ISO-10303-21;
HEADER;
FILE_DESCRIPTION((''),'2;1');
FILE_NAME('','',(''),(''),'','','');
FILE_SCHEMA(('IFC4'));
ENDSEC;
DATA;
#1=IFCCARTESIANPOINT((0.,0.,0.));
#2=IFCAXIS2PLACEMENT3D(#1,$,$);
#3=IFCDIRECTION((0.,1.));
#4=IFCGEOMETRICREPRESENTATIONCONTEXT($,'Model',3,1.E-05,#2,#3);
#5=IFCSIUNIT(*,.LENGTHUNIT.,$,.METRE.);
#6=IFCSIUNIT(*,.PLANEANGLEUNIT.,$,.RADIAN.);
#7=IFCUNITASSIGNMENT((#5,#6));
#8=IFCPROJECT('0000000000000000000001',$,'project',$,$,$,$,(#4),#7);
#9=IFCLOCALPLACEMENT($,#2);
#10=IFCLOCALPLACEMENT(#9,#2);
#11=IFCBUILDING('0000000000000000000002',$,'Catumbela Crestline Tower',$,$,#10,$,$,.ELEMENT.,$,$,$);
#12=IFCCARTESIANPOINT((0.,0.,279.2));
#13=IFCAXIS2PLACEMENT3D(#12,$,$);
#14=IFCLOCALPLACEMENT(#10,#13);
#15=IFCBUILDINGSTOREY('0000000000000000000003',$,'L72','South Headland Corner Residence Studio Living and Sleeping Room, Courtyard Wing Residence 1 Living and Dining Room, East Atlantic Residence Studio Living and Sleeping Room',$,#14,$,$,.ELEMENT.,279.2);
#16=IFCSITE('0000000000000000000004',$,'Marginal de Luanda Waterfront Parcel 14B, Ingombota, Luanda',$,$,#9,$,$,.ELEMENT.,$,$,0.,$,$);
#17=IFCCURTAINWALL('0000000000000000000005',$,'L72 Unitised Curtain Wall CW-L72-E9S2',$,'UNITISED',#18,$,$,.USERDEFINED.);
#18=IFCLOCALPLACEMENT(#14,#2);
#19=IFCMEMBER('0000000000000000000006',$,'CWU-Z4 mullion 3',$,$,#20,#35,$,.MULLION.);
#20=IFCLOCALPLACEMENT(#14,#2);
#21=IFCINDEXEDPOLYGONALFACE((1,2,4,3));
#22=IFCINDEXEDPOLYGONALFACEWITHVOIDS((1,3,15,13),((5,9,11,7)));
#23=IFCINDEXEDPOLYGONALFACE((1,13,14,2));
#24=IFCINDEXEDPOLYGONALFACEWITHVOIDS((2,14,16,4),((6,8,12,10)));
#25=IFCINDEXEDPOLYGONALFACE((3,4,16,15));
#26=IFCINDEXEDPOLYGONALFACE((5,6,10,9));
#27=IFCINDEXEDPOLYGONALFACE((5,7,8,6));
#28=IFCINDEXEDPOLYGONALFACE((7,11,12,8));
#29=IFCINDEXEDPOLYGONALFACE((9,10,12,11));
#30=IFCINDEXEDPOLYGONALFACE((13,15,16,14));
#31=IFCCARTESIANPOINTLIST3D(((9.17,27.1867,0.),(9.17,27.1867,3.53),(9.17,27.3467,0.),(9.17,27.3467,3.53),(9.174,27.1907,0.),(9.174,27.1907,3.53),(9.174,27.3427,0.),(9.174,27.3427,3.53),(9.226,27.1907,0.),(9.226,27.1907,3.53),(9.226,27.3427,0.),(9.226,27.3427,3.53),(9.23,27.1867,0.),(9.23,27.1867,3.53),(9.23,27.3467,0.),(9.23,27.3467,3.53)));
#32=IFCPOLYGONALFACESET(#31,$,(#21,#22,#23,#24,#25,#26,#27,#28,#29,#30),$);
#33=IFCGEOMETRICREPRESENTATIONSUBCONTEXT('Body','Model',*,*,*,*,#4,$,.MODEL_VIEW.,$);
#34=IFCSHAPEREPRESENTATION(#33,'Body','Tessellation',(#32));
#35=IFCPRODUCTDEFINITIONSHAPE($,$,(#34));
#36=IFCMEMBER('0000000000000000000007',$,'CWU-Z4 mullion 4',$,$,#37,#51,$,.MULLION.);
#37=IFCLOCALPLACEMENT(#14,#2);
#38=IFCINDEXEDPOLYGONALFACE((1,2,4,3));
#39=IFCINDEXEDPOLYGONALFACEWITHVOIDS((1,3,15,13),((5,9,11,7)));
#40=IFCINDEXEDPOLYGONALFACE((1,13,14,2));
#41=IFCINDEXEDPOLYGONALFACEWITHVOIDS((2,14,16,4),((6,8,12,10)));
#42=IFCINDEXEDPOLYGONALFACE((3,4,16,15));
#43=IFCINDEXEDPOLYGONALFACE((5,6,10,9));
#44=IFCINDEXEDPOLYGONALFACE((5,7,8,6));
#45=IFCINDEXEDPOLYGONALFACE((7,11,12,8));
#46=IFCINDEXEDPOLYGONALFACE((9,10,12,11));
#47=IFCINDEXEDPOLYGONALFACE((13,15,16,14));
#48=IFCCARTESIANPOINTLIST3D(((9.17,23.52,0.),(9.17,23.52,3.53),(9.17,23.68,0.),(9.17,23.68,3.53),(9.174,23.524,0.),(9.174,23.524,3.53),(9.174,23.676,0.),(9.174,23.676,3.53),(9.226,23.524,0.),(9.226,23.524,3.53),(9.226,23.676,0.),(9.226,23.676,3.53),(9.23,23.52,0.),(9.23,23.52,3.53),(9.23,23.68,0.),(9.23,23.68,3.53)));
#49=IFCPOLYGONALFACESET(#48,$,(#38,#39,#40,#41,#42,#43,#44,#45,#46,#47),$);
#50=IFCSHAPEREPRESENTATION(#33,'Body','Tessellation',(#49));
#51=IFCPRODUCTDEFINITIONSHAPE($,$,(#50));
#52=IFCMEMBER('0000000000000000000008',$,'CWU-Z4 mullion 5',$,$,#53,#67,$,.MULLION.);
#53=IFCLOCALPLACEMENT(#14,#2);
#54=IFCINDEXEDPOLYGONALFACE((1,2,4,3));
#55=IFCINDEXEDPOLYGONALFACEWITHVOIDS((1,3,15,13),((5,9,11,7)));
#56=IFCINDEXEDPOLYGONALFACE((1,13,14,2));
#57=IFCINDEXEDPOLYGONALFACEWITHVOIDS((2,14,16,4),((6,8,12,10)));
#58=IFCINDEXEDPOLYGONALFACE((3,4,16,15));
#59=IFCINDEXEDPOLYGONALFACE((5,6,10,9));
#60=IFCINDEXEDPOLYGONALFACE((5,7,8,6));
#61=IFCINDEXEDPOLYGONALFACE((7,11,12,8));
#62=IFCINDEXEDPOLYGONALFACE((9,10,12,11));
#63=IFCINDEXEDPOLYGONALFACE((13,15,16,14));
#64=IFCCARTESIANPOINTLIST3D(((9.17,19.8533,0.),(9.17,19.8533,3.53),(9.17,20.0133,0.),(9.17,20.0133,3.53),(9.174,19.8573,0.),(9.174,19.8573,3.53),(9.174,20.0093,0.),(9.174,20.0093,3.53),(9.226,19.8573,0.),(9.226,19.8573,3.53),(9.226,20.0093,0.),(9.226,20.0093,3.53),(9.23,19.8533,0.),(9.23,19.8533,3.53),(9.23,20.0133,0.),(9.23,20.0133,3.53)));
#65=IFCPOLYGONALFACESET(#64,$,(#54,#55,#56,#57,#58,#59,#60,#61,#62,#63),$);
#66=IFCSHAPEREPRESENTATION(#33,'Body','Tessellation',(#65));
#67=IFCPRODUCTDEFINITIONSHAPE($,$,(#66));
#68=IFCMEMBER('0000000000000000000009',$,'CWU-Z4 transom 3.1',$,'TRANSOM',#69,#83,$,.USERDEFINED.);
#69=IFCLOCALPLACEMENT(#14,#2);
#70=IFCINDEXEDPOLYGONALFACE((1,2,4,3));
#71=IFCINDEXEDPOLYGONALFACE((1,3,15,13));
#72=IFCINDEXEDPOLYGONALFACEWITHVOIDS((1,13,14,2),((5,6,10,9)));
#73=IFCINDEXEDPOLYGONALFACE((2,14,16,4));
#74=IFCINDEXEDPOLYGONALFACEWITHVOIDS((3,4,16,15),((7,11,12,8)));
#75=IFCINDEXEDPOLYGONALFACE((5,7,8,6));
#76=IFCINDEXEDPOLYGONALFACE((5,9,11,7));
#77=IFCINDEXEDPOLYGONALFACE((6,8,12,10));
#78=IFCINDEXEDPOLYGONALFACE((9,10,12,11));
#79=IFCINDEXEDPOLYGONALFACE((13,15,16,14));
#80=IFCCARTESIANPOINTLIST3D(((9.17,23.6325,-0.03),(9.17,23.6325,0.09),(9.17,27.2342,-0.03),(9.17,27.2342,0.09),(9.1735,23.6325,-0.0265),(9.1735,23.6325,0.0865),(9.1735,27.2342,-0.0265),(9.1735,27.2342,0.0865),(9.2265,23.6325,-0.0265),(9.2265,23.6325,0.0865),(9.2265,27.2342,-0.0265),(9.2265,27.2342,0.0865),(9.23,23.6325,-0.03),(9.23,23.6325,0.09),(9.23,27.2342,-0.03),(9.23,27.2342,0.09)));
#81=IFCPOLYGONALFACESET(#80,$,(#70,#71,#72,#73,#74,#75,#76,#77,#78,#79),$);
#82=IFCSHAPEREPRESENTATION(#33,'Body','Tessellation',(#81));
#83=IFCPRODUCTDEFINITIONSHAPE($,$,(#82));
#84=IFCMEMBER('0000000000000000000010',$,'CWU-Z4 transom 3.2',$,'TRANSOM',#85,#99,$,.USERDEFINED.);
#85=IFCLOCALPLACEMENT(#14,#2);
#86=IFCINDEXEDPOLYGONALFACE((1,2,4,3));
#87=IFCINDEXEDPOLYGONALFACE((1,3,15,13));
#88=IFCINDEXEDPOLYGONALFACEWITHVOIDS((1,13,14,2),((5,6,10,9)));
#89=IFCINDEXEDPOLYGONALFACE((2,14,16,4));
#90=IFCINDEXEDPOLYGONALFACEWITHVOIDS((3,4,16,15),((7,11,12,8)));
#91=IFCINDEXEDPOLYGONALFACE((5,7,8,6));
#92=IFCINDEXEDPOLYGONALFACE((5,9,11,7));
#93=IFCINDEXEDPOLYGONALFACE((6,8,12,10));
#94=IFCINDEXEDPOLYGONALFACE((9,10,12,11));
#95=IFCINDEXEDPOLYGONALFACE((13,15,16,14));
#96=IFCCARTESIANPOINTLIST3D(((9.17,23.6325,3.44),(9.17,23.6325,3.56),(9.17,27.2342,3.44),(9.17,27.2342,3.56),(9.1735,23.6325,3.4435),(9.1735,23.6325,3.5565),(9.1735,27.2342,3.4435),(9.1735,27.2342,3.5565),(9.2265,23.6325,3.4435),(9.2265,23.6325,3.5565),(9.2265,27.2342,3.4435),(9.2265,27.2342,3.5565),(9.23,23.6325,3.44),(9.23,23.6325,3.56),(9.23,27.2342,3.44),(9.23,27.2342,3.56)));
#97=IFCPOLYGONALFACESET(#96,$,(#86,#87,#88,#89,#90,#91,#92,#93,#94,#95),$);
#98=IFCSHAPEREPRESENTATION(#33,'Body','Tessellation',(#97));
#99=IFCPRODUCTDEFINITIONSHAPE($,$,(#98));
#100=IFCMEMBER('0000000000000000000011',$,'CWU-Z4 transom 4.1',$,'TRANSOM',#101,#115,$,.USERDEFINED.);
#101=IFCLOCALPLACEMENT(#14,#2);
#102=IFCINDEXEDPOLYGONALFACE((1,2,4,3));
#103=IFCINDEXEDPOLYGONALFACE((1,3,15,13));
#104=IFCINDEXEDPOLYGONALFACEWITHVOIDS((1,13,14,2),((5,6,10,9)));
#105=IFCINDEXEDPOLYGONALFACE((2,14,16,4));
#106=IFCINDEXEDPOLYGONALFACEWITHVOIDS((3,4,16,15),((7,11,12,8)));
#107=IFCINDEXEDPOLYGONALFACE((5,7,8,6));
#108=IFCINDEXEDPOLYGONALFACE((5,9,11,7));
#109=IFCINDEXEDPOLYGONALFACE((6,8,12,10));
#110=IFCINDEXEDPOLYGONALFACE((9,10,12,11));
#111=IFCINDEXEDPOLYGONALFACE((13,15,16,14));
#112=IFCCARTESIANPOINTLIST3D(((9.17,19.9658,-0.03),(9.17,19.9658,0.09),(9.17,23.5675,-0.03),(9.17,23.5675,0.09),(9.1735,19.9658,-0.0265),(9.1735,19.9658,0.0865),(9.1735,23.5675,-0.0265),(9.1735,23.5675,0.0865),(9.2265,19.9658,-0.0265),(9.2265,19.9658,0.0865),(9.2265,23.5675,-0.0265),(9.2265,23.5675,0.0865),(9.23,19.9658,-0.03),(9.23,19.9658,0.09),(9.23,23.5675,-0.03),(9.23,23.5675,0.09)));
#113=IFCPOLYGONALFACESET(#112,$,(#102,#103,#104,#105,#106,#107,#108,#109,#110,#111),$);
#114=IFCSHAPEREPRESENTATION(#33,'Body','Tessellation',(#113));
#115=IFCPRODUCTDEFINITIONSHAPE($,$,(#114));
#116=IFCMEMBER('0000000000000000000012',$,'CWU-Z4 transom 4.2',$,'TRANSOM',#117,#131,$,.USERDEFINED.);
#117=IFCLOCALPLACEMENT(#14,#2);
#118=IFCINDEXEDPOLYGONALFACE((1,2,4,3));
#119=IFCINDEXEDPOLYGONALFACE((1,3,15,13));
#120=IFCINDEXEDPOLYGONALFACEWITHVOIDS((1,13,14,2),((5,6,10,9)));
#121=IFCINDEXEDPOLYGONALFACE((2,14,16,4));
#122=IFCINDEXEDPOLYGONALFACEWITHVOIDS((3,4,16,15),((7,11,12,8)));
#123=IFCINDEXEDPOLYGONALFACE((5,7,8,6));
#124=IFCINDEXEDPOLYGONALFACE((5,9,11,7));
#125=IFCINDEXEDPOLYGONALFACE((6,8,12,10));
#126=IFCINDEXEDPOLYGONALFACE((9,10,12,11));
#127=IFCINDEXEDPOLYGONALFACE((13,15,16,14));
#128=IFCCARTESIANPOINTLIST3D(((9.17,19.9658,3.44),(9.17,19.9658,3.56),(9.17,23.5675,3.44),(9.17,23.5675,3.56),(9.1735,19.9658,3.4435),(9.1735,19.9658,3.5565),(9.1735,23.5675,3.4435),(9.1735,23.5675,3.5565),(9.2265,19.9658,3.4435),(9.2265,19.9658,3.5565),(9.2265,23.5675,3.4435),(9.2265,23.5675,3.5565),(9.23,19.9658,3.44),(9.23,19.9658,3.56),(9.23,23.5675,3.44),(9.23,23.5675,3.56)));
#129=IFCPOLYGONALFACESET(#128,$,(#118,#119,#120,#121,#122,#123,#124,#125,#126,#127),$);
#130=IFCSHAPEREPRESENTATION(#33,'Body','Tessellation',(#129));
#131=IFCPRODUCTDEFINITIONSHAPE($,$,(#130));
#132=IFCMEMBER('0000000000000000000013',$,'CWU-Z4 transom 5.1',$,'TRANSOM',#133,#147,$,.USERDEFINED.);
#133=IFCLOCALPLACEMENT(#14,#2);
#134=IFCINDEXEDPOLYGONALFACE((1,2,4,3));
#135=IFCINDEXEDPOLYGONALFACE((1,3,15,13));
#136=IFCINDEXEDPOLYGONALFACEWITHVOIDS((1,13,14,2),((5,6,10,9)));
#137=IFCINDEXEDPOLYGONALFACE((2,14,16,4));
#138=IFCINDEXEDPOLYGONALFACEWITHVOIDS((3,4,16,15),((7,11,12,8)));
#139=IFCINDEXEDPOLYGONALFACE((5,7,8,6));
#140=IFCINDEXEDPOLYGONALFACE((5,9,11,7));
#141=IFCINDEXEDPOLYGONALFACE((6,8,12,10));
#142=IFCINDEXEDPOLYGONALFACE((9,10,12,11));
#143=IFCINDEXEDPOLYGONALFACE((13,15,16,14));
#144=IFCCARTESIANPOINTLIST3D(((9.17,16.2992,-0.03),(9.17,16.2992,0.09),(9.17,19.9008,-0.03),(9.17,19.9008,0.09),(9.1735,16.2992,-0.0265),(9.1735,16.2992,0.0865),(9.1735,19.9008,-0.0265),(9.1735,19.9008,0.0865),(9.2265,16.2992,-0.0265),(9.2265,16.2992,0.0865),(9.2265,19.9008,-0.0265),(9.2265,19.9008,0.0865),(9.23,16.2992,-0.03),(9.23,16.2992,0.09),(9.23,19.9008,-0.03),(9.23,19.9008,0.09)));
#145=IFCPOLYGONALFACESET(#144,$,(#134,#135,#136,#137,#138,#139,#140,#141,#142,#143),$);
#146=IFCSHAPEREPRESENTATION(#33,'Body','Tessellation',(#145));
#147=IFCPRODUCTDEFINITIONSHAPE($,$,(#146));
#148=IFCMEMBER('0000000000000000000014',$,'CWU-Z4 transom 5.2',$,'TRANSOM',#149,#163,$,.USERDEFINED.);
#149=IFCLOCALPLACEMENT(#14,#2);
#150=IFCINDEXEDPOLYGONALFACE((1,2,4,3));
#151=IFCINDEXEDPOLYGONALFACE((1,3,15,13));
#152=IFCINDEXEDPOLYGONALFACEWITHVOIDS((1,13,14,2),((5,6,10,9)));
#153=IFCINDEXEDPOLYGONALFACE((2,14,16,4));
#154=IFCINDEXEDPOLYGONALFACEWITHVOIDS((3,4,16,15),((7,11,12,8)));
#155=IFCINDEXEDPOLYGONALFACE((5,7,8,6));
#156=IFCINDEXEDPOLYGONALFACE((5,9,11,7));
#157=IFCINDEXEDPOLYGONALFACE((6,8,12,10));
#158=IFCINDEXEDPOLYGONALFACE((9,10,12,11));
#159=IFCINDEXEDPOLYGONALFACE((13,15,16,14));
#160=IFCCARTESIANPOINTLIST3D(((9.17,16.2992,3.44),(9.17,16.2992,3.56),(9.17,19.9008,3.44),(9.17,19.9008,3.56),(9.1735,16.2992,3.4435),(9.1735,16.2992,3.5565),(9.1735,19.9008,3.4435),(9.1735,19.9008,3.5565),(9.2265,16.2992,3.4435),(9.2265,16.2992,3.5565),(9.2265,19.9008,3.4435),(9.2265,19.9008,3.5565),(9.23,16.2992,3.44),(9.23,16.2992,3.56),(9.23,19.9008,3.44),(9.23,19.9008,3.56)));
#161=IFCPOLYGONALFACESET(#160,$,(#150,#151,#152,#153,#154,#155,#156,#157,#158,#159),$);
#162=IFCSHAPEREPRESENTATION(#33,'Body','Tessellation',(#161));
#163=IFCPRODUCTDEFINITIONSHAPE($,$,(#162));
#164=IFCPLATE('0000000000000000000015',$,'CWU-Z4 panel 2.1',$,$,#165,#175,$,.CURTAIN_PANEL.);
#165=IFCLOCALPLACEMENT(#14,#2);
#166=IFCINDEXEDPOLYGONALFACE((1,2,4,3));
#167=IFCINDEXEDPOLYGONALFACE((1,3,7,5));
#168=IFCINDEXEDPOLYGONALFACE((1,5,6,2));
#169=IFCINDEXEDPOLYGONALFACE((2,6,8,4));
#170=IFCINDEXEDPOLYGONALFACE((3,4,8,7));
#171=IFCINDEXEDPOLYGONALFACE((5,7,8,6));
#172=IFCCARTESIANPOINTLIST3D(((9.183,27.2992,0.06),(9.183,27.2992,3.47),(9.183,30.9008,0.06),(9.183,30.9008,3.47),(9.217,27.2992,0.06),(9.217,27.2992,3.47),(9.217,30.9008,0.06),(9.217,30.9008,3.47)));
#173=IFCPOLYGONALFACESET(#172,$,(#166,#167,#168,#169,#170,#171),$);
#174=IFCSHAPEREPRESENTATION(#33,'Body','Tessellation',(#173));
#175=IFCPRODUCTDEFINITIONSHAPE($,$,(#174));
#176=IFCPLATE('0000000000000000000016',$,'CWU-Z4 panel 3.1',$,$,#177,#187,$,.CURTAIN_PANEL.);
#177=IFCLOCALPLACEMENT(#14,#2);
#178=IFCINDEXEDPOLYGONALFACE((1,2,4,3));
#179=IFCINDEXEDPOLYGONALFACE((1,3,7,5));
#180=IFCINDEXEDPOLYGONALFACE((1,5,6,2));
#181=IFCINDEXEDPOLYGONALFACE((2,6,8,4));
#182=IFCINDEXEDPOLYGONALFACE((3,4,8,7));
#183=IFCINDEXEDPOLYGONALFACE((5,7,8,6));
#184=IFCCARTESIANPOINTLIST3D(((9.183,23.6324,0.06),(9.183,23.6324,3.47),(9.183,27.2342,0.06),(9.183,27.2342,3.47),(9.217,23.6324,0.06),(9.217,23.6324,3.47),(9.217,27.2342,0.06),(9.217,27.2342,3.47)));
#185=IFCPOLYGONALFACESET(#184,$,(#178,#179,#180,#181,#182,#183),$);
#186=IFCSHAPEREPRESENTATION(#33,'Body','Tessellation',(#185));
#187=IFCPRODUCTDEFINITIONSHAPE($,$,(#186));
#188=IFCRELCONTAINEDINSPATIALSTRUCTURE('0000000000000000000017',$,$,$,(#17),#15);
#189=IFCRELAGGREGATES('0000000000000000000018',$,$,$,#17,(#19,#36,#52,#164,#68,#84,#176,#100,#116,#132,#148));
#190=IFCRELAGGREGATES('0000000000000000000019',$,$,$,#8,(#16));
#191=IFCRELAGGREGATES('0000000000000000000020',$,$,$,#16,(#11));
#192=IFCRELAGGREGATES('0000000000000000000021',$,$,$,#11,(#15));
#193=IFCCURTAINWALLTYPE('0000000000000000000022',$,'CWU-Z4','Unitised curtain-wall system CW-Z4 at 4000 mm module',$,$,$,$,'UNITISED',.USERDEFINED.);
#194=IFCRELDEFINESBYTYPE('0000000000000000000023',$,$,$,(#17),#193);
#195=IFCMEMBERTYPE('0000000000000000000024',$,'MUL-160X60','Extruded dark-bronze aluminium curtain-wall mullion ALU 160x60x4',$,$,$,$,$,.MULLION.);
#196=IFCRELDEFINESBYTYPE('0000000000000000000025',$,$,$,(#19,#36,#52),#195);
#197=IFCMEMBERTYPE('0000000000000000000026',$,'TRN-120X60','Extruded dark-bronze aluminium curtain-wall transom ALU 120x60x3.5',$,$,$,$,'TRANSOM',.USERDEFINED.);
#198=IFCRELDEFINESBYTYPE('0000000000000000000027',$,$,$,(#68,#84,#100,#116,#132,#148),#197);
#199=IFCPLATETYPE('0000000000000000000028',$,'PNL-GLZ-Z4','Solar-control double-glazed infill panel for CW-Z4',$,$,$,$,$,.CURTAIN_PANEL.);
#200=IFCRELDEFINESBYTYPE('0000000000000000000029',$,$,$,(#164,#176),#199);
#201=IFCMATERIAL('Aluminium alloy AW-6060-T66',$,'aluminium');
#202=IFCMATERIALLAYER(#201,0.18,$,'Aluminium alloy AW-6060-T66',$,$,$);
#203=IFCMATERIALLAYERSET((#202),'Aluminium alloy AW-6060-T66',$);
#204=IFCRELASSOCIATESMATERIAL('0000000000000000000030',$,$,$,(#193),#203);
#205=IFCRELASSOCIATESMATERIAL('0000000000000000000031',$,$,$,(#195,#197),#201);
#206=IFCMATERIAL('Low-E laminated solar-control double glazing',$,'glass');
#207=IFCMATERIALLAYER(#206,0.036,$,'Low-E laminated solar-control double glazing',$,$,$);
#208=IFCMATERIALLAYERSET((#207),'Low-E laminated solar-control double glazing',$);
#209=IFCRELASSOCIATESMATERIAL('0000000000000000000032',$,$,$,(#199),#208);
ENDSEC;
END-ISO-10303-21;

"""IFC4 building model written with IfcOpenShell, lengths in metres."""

from ifc_helpers import new_model, si_unit, direction, frame, origin, origin_2d, place, context, subcontext, project, spatial, rectangle, hollow_rectangle, extrude, material, layer, layer_set, material_profile, profile_set, type_object, element, aggregate, save


model = new_model("IFC4")

# Units and contexts
model_context = context("Model", 3, precision=1e-05, world=origin(), true_north=direction((0.0, 1.0)))
body_context = subcontext(model_context, "Body", "Model", "MODEL_VIEW")
ifc_project = project(units=[si_unit("LENGTHUNIT", "METRE"), si_unit("PLANEANGLEUNIT", "RADIAN")], contexts=[model_context])

# Site, building, storey
site_placement = place(None, origin())
site = spatial("IfcSite", under=ifc_project, at=site_placement, Name="Marginal de Luanda Waterfront Parcel 14B, Ingombota, Luanda", CompositionType="ELEMENT", RefElevation=0.0)
building_placement = place(site_placement, origin())
building = spatial("IfcBuilding", under=site, at=building_placement, Name="Catumbela Crestline Tower", CompositionType="ELEMENT")
storey_placement = place(building_placement, frame((0.0, 0.0, 279.2)))
storey = spatial("IfcBuildingStorey", under=building, at=storey_placement, Name="L72", Description="South Headland Corner Residence Studio Living and Sleeping Room, Courtyard Wing Residence 1 Living and Dining Room, East Atlantic Residence Studio Living and Sleeping Room", CompositionType="ELEMENT", Elevation=279.2)

# Curtain wall, members, plates
ifc_material_1 = material(Name="Aluminium alloy AW-6060-T66", Category="aluminium")
ifc_layer_1 = layer(ifc_material_1, 0.18, Name="Aluminium alloy AW-6060-T66")
ifc_layer_set_1 = layer_set([ifc_layer_1], Name="Aluminium alloy AW-6060-T66")
curtain_wall_type = type_object("IfcCurtainWallType", Name="CWU-Z4", Description="Unitised curtain-wall system CW-Z4 at 4000 mm module", ElementType="UNITISED", PredefinedType="USERDEFINED", material=ifc_layer_set_1)
curtain_wall_placement = place(storey_placement, origin())
curtain_wall = element("IfcCurtainWall", 1, at=curtain_wall_placement, inside=storey, type_object=curtain_wall_type, Name="L72 Unitised Curtain Wall CW-L72-E9S2", ObjectType="UNITISED", PredefinedType="USERDEFINED")
ifc_material_profile_1 = material_profile(ifc_material_1, hollow_rectangle(XDim=0.06, YDim=0.16, WallThickness=0.004, at=origin_2d()), Name="ALU 160x60x4")
ifc_profile_set_1 = profile_set([ifc_material_profile_1], Name="Aluminium alloy AW-6060-T66")
member_type_1 = type_object("IfcMemberType", Name="MUL-160X60", Description="Extruded dark-bronze aluminium curtain-wall mullion ALU 160x60x4", PredefinedType="MULLION", material=ifc_profile_set_1)
member_1_placement = place(storey_placement, frame((9.2, 27.2667, 0.0), z_axis=(0.0, 0.0, 1.0), x_axis=(1.0, 0.0, 0.0)))
member_1 = element("IfcMember", 2, at=member_1_placement, type_object=member_type_1, Name="CWU-Z4 mullion 3", PredefinedType="MULLION", context=body_context, shape_type="SweptSolid", body=[
    extrude(hollow_rectangle(XDim=0.06, YDim=0.16, WallThickness=0.004, at=origin_2d()), origin(), (0.0, 0.0, 1.0), 3.53),
])
member_2_placement = place(storey_placement, frame((9.2, 23.6, 0.0), z_axis=(0.0, 0.0, 1.0), x_axis=(1.0, 0.0, 0.0)))
member_2 = element("IfcMember", 3, at=member_2_placement, type_object=member_type_1, Name="CWU-Z4 mullion 4", PredefinedType="MULLION", context=body_context, shape_type="SweptSolid", body=[
    extrude(hollow_rectangle(XDim=0.06, YDim=0.16, WallThickness=0.004, at=origin_2d()), origin(), (0.0, 0.0, 1.0), 3.53),
])
member_3_placement = place(storey_placement, frame((9.2, 19.9333, 0.0), z_axis=(0.0, 0.0, 1.0), x_axis=(1.0, 0.0, 0.0)))
member_3 = element("IfcMember", 4, at=member_3_placement, type_object=member_type_1, Name="CWU-Z4 mullion 5", PredefinedType="MULLION", context=body_context, shape_type="SweptSolid", body=[
    extrude(hollow_rectangle(XDim=0.06, YDim=0.16, WallThickness=0.004, at=origin_2d()), origin(), (0.0, 0.0, 1.0), 3.53),
])
ifc_material_profile_2 = material_profile(ifc_material_1, hollow_rectangle(XDim=0.06, YDim=0.12, WallThickness=0.0035, at=origin_2d()), Name="ALU 120x60x3.5")
ifc_profile_set_2 = profile_set([ifc_material_profile_2], Name="Aluminium alloy AW-6060-T66")
member_type_2 = type_object("IfcMemberType", Name="TRN-120X60", Description="Extruded dark-bronze aluminium curtain-wall transom ALU 120x60x3.5", ElementType="TRANSOM", PredefinedType="USERDEFINED", material=ifc_profile_set_2)
member_4_placement = place(storey_placement, frame((9.2, 27.2342, 0.03), z_axis=(0.0, -1.0, 0.0), x_axis=(1.0, 0.0, 0.0)))
member_4 = element("IfcMember", 5, at=member_4_placement, type_object=member_type_2, Name="CWU-Z4 transom 3.1", ObjectType="TRANSOM", PredefinedType="USERDEFINED", context=body_context, shape_type="SweptSolid", body=[
    extrude(hollow_rectangle(XDim=0.06, YDim=0.12, WallThickness=0.0035, at=origin_2d()), origin(), (0.0, 0.0, 1.0), 3.6017),
])
member_5_placement = place(storey_placement, frame((9.2, 27.2342, 3.5), z_axis=(0.0, -1.0, 0.0), x_axis=(1.0, 0.0, 0.0)))
member_5 = element("IfcMember", 6, at=member_5_placement, type_object=member_type_2, Name="CWU-Z4 transom 3.2", ObjectType="TRANSOM", PredefinedType="USERDEFINED", context=body_context, shape_type="SweptSolid", body=[
    extrude(hollow_rectangle(XDim=0.06, YDim=0.12, WallThickness=0.0035, at=origin_2d()), origin(), (0.0, 0.0, 1.0), 3.6017),
])
member_6_placement = place(storey_placement, frame((9.2, 23.5675, 0.03), z_axis=(0.0, -1.0, 0.0), x_axis=(1.0, 0.0, 0.0)))
member_6 = element("IfcMember", 7, at=member_6_placement, type_object=member_type_2, Name="CWU-Z4 transom 4.1", ObjectType="TRANSOM", PredefinedType="USERDEFINED", context=body_context, shape_type="SweptSolid", body=[
    extrude(hollow_rectangle(XDim=0.06, YDim=0.12, WallThickness=0.0035, at=origin_2d()), origin(), (0.0, 0.0, 1.0), 3.6017),
])
member_7_placement = place(storey_placement, frame((9.2, 23.5675, 3.5), z_axis=(0.0, -1.0, 0.0), x_axis=(1.0, 0.0, 0.0)))
member_7 = element("IfcMember", 8, at=member_7_placement, type_object=member_type_2, Name="CWU-Z4 transom 4.2", ObjectType="TRANSOM", PredefinedType="USERDEFINED", context=body_context, shape_type="SweptSolid", body=[
    extrude(hollow_rectangle(XDim=0.06, YDim=0.12, WallThickness=0.0035, at=origin_2d()), origin(), (0.0, 0.0, 1.0), 3.6017),
])
member_8_placement = place(storey_placement, frame((9.2, 19.9008, 0.03), z_axis=(0.0, -1.0, 0.0), x_axis=(1.0, 0.0, 0.0)))
member_8 = element("IfcMember", 9, at=member_8_placement, type_object=member_type_2, Name="CWU-Z4 transom 5.1", ObjectType="TRANSOM", PredefinedType="USERDEFINED", context=body_context, shape_type="SweptSolid", body=[
    extrude(hollow_rectangle(XDim=0.06, YDim=0.12, WallThickness=0.0035, at=origin_2d()), origin(), (0.0, 0.0, 1.0), 3.6016),
])
member_9_placement = place(storey_placement, frame((9.2, 19.9008, 3.5), z_axis=(0.0, -1.0, 0.0), x_axis=(1.0, 0.0, 0.0)))
member_9 = element("IfcMember", 10, at=member_9_placement, type_object=member_type_2, Name="CWU-Z4 transom 5.2", ObjectType="TRANSOM", PredefinedType="USERDEFINED", context=body_context, shape_type="SweptSolid", body=[
    extrude(hollow_rectangle(XDim=0.06, YDim=0.12, WallThickness=0.0035, at=origin_2d()), origin(), (0.0, 0.0, 1.0), 3.6016),
])
ifc_material_2 = material(Name="Low-E laminated solar-control double glazing", Category="glass")
ifc_layer_2 = layer(ifc_material_2, 0.036, Name="Low-E laminated solar-control double glazing")
ifc_layer_set_2 = layer_set([ifc_layer_2], Name="Low-E laminated solar-control double glazing")
plate_type = type_object("IfcPlateType", Name="PNL-GLZ-Z4", Description="Solar-control double-glazed infill panel for CW-Z4", PredefinedType="CURTAIN_PANEL", material=ifc_layer_set_2)
plate_1_placement = place(storey_placement, frame((9.2, 29.1, 0.06), z_axis=(0.0, 0.0, 1.0), x_axis=(0.0, -1.0, 0.0)))
plate_1 = element("IfcPlate", 11, at=plate_1_placement, type_object=plate_type, Name="CWU-Z4 panel 2.1", PredefinedType="CURTAIN_PANEL", context=body_context, shape_type="SweptSolid", body=[
    extrude(rectangle(XDim=3.6017, YDim=0.034, at=origin_2d()), origin(), (0.0, 0.0, 1.0), 3.41),
])
plate_2_placement = place(storey_placement, frame((9.2, 25.4333, 0.06), z_axis=(0.0, 0.0, 1.0), x_axis=(0.0, -1.0, 0.0)))
plate_2 = element("IfcPlate", 12, at=plate_2_placement, type_object=plate_type, Name="CWU-Z4 panel 3.1", PredefinedType="CURTAIN_PANEL", context=body_context, shape_type="SweptSolid", body=[
    extrude(rectangle(XDim=3.6017, YDim=0.034, at=origin_2d()), origin(), (0.0, 0.0, 1.0), 3.41),
])
aggregate(curtain_wall, [member_1, member_2, member_3, plate_1, member_4, member_5, plate_2, member_6, member_7, member_8, member_9])

save(model, "model.ifc")
